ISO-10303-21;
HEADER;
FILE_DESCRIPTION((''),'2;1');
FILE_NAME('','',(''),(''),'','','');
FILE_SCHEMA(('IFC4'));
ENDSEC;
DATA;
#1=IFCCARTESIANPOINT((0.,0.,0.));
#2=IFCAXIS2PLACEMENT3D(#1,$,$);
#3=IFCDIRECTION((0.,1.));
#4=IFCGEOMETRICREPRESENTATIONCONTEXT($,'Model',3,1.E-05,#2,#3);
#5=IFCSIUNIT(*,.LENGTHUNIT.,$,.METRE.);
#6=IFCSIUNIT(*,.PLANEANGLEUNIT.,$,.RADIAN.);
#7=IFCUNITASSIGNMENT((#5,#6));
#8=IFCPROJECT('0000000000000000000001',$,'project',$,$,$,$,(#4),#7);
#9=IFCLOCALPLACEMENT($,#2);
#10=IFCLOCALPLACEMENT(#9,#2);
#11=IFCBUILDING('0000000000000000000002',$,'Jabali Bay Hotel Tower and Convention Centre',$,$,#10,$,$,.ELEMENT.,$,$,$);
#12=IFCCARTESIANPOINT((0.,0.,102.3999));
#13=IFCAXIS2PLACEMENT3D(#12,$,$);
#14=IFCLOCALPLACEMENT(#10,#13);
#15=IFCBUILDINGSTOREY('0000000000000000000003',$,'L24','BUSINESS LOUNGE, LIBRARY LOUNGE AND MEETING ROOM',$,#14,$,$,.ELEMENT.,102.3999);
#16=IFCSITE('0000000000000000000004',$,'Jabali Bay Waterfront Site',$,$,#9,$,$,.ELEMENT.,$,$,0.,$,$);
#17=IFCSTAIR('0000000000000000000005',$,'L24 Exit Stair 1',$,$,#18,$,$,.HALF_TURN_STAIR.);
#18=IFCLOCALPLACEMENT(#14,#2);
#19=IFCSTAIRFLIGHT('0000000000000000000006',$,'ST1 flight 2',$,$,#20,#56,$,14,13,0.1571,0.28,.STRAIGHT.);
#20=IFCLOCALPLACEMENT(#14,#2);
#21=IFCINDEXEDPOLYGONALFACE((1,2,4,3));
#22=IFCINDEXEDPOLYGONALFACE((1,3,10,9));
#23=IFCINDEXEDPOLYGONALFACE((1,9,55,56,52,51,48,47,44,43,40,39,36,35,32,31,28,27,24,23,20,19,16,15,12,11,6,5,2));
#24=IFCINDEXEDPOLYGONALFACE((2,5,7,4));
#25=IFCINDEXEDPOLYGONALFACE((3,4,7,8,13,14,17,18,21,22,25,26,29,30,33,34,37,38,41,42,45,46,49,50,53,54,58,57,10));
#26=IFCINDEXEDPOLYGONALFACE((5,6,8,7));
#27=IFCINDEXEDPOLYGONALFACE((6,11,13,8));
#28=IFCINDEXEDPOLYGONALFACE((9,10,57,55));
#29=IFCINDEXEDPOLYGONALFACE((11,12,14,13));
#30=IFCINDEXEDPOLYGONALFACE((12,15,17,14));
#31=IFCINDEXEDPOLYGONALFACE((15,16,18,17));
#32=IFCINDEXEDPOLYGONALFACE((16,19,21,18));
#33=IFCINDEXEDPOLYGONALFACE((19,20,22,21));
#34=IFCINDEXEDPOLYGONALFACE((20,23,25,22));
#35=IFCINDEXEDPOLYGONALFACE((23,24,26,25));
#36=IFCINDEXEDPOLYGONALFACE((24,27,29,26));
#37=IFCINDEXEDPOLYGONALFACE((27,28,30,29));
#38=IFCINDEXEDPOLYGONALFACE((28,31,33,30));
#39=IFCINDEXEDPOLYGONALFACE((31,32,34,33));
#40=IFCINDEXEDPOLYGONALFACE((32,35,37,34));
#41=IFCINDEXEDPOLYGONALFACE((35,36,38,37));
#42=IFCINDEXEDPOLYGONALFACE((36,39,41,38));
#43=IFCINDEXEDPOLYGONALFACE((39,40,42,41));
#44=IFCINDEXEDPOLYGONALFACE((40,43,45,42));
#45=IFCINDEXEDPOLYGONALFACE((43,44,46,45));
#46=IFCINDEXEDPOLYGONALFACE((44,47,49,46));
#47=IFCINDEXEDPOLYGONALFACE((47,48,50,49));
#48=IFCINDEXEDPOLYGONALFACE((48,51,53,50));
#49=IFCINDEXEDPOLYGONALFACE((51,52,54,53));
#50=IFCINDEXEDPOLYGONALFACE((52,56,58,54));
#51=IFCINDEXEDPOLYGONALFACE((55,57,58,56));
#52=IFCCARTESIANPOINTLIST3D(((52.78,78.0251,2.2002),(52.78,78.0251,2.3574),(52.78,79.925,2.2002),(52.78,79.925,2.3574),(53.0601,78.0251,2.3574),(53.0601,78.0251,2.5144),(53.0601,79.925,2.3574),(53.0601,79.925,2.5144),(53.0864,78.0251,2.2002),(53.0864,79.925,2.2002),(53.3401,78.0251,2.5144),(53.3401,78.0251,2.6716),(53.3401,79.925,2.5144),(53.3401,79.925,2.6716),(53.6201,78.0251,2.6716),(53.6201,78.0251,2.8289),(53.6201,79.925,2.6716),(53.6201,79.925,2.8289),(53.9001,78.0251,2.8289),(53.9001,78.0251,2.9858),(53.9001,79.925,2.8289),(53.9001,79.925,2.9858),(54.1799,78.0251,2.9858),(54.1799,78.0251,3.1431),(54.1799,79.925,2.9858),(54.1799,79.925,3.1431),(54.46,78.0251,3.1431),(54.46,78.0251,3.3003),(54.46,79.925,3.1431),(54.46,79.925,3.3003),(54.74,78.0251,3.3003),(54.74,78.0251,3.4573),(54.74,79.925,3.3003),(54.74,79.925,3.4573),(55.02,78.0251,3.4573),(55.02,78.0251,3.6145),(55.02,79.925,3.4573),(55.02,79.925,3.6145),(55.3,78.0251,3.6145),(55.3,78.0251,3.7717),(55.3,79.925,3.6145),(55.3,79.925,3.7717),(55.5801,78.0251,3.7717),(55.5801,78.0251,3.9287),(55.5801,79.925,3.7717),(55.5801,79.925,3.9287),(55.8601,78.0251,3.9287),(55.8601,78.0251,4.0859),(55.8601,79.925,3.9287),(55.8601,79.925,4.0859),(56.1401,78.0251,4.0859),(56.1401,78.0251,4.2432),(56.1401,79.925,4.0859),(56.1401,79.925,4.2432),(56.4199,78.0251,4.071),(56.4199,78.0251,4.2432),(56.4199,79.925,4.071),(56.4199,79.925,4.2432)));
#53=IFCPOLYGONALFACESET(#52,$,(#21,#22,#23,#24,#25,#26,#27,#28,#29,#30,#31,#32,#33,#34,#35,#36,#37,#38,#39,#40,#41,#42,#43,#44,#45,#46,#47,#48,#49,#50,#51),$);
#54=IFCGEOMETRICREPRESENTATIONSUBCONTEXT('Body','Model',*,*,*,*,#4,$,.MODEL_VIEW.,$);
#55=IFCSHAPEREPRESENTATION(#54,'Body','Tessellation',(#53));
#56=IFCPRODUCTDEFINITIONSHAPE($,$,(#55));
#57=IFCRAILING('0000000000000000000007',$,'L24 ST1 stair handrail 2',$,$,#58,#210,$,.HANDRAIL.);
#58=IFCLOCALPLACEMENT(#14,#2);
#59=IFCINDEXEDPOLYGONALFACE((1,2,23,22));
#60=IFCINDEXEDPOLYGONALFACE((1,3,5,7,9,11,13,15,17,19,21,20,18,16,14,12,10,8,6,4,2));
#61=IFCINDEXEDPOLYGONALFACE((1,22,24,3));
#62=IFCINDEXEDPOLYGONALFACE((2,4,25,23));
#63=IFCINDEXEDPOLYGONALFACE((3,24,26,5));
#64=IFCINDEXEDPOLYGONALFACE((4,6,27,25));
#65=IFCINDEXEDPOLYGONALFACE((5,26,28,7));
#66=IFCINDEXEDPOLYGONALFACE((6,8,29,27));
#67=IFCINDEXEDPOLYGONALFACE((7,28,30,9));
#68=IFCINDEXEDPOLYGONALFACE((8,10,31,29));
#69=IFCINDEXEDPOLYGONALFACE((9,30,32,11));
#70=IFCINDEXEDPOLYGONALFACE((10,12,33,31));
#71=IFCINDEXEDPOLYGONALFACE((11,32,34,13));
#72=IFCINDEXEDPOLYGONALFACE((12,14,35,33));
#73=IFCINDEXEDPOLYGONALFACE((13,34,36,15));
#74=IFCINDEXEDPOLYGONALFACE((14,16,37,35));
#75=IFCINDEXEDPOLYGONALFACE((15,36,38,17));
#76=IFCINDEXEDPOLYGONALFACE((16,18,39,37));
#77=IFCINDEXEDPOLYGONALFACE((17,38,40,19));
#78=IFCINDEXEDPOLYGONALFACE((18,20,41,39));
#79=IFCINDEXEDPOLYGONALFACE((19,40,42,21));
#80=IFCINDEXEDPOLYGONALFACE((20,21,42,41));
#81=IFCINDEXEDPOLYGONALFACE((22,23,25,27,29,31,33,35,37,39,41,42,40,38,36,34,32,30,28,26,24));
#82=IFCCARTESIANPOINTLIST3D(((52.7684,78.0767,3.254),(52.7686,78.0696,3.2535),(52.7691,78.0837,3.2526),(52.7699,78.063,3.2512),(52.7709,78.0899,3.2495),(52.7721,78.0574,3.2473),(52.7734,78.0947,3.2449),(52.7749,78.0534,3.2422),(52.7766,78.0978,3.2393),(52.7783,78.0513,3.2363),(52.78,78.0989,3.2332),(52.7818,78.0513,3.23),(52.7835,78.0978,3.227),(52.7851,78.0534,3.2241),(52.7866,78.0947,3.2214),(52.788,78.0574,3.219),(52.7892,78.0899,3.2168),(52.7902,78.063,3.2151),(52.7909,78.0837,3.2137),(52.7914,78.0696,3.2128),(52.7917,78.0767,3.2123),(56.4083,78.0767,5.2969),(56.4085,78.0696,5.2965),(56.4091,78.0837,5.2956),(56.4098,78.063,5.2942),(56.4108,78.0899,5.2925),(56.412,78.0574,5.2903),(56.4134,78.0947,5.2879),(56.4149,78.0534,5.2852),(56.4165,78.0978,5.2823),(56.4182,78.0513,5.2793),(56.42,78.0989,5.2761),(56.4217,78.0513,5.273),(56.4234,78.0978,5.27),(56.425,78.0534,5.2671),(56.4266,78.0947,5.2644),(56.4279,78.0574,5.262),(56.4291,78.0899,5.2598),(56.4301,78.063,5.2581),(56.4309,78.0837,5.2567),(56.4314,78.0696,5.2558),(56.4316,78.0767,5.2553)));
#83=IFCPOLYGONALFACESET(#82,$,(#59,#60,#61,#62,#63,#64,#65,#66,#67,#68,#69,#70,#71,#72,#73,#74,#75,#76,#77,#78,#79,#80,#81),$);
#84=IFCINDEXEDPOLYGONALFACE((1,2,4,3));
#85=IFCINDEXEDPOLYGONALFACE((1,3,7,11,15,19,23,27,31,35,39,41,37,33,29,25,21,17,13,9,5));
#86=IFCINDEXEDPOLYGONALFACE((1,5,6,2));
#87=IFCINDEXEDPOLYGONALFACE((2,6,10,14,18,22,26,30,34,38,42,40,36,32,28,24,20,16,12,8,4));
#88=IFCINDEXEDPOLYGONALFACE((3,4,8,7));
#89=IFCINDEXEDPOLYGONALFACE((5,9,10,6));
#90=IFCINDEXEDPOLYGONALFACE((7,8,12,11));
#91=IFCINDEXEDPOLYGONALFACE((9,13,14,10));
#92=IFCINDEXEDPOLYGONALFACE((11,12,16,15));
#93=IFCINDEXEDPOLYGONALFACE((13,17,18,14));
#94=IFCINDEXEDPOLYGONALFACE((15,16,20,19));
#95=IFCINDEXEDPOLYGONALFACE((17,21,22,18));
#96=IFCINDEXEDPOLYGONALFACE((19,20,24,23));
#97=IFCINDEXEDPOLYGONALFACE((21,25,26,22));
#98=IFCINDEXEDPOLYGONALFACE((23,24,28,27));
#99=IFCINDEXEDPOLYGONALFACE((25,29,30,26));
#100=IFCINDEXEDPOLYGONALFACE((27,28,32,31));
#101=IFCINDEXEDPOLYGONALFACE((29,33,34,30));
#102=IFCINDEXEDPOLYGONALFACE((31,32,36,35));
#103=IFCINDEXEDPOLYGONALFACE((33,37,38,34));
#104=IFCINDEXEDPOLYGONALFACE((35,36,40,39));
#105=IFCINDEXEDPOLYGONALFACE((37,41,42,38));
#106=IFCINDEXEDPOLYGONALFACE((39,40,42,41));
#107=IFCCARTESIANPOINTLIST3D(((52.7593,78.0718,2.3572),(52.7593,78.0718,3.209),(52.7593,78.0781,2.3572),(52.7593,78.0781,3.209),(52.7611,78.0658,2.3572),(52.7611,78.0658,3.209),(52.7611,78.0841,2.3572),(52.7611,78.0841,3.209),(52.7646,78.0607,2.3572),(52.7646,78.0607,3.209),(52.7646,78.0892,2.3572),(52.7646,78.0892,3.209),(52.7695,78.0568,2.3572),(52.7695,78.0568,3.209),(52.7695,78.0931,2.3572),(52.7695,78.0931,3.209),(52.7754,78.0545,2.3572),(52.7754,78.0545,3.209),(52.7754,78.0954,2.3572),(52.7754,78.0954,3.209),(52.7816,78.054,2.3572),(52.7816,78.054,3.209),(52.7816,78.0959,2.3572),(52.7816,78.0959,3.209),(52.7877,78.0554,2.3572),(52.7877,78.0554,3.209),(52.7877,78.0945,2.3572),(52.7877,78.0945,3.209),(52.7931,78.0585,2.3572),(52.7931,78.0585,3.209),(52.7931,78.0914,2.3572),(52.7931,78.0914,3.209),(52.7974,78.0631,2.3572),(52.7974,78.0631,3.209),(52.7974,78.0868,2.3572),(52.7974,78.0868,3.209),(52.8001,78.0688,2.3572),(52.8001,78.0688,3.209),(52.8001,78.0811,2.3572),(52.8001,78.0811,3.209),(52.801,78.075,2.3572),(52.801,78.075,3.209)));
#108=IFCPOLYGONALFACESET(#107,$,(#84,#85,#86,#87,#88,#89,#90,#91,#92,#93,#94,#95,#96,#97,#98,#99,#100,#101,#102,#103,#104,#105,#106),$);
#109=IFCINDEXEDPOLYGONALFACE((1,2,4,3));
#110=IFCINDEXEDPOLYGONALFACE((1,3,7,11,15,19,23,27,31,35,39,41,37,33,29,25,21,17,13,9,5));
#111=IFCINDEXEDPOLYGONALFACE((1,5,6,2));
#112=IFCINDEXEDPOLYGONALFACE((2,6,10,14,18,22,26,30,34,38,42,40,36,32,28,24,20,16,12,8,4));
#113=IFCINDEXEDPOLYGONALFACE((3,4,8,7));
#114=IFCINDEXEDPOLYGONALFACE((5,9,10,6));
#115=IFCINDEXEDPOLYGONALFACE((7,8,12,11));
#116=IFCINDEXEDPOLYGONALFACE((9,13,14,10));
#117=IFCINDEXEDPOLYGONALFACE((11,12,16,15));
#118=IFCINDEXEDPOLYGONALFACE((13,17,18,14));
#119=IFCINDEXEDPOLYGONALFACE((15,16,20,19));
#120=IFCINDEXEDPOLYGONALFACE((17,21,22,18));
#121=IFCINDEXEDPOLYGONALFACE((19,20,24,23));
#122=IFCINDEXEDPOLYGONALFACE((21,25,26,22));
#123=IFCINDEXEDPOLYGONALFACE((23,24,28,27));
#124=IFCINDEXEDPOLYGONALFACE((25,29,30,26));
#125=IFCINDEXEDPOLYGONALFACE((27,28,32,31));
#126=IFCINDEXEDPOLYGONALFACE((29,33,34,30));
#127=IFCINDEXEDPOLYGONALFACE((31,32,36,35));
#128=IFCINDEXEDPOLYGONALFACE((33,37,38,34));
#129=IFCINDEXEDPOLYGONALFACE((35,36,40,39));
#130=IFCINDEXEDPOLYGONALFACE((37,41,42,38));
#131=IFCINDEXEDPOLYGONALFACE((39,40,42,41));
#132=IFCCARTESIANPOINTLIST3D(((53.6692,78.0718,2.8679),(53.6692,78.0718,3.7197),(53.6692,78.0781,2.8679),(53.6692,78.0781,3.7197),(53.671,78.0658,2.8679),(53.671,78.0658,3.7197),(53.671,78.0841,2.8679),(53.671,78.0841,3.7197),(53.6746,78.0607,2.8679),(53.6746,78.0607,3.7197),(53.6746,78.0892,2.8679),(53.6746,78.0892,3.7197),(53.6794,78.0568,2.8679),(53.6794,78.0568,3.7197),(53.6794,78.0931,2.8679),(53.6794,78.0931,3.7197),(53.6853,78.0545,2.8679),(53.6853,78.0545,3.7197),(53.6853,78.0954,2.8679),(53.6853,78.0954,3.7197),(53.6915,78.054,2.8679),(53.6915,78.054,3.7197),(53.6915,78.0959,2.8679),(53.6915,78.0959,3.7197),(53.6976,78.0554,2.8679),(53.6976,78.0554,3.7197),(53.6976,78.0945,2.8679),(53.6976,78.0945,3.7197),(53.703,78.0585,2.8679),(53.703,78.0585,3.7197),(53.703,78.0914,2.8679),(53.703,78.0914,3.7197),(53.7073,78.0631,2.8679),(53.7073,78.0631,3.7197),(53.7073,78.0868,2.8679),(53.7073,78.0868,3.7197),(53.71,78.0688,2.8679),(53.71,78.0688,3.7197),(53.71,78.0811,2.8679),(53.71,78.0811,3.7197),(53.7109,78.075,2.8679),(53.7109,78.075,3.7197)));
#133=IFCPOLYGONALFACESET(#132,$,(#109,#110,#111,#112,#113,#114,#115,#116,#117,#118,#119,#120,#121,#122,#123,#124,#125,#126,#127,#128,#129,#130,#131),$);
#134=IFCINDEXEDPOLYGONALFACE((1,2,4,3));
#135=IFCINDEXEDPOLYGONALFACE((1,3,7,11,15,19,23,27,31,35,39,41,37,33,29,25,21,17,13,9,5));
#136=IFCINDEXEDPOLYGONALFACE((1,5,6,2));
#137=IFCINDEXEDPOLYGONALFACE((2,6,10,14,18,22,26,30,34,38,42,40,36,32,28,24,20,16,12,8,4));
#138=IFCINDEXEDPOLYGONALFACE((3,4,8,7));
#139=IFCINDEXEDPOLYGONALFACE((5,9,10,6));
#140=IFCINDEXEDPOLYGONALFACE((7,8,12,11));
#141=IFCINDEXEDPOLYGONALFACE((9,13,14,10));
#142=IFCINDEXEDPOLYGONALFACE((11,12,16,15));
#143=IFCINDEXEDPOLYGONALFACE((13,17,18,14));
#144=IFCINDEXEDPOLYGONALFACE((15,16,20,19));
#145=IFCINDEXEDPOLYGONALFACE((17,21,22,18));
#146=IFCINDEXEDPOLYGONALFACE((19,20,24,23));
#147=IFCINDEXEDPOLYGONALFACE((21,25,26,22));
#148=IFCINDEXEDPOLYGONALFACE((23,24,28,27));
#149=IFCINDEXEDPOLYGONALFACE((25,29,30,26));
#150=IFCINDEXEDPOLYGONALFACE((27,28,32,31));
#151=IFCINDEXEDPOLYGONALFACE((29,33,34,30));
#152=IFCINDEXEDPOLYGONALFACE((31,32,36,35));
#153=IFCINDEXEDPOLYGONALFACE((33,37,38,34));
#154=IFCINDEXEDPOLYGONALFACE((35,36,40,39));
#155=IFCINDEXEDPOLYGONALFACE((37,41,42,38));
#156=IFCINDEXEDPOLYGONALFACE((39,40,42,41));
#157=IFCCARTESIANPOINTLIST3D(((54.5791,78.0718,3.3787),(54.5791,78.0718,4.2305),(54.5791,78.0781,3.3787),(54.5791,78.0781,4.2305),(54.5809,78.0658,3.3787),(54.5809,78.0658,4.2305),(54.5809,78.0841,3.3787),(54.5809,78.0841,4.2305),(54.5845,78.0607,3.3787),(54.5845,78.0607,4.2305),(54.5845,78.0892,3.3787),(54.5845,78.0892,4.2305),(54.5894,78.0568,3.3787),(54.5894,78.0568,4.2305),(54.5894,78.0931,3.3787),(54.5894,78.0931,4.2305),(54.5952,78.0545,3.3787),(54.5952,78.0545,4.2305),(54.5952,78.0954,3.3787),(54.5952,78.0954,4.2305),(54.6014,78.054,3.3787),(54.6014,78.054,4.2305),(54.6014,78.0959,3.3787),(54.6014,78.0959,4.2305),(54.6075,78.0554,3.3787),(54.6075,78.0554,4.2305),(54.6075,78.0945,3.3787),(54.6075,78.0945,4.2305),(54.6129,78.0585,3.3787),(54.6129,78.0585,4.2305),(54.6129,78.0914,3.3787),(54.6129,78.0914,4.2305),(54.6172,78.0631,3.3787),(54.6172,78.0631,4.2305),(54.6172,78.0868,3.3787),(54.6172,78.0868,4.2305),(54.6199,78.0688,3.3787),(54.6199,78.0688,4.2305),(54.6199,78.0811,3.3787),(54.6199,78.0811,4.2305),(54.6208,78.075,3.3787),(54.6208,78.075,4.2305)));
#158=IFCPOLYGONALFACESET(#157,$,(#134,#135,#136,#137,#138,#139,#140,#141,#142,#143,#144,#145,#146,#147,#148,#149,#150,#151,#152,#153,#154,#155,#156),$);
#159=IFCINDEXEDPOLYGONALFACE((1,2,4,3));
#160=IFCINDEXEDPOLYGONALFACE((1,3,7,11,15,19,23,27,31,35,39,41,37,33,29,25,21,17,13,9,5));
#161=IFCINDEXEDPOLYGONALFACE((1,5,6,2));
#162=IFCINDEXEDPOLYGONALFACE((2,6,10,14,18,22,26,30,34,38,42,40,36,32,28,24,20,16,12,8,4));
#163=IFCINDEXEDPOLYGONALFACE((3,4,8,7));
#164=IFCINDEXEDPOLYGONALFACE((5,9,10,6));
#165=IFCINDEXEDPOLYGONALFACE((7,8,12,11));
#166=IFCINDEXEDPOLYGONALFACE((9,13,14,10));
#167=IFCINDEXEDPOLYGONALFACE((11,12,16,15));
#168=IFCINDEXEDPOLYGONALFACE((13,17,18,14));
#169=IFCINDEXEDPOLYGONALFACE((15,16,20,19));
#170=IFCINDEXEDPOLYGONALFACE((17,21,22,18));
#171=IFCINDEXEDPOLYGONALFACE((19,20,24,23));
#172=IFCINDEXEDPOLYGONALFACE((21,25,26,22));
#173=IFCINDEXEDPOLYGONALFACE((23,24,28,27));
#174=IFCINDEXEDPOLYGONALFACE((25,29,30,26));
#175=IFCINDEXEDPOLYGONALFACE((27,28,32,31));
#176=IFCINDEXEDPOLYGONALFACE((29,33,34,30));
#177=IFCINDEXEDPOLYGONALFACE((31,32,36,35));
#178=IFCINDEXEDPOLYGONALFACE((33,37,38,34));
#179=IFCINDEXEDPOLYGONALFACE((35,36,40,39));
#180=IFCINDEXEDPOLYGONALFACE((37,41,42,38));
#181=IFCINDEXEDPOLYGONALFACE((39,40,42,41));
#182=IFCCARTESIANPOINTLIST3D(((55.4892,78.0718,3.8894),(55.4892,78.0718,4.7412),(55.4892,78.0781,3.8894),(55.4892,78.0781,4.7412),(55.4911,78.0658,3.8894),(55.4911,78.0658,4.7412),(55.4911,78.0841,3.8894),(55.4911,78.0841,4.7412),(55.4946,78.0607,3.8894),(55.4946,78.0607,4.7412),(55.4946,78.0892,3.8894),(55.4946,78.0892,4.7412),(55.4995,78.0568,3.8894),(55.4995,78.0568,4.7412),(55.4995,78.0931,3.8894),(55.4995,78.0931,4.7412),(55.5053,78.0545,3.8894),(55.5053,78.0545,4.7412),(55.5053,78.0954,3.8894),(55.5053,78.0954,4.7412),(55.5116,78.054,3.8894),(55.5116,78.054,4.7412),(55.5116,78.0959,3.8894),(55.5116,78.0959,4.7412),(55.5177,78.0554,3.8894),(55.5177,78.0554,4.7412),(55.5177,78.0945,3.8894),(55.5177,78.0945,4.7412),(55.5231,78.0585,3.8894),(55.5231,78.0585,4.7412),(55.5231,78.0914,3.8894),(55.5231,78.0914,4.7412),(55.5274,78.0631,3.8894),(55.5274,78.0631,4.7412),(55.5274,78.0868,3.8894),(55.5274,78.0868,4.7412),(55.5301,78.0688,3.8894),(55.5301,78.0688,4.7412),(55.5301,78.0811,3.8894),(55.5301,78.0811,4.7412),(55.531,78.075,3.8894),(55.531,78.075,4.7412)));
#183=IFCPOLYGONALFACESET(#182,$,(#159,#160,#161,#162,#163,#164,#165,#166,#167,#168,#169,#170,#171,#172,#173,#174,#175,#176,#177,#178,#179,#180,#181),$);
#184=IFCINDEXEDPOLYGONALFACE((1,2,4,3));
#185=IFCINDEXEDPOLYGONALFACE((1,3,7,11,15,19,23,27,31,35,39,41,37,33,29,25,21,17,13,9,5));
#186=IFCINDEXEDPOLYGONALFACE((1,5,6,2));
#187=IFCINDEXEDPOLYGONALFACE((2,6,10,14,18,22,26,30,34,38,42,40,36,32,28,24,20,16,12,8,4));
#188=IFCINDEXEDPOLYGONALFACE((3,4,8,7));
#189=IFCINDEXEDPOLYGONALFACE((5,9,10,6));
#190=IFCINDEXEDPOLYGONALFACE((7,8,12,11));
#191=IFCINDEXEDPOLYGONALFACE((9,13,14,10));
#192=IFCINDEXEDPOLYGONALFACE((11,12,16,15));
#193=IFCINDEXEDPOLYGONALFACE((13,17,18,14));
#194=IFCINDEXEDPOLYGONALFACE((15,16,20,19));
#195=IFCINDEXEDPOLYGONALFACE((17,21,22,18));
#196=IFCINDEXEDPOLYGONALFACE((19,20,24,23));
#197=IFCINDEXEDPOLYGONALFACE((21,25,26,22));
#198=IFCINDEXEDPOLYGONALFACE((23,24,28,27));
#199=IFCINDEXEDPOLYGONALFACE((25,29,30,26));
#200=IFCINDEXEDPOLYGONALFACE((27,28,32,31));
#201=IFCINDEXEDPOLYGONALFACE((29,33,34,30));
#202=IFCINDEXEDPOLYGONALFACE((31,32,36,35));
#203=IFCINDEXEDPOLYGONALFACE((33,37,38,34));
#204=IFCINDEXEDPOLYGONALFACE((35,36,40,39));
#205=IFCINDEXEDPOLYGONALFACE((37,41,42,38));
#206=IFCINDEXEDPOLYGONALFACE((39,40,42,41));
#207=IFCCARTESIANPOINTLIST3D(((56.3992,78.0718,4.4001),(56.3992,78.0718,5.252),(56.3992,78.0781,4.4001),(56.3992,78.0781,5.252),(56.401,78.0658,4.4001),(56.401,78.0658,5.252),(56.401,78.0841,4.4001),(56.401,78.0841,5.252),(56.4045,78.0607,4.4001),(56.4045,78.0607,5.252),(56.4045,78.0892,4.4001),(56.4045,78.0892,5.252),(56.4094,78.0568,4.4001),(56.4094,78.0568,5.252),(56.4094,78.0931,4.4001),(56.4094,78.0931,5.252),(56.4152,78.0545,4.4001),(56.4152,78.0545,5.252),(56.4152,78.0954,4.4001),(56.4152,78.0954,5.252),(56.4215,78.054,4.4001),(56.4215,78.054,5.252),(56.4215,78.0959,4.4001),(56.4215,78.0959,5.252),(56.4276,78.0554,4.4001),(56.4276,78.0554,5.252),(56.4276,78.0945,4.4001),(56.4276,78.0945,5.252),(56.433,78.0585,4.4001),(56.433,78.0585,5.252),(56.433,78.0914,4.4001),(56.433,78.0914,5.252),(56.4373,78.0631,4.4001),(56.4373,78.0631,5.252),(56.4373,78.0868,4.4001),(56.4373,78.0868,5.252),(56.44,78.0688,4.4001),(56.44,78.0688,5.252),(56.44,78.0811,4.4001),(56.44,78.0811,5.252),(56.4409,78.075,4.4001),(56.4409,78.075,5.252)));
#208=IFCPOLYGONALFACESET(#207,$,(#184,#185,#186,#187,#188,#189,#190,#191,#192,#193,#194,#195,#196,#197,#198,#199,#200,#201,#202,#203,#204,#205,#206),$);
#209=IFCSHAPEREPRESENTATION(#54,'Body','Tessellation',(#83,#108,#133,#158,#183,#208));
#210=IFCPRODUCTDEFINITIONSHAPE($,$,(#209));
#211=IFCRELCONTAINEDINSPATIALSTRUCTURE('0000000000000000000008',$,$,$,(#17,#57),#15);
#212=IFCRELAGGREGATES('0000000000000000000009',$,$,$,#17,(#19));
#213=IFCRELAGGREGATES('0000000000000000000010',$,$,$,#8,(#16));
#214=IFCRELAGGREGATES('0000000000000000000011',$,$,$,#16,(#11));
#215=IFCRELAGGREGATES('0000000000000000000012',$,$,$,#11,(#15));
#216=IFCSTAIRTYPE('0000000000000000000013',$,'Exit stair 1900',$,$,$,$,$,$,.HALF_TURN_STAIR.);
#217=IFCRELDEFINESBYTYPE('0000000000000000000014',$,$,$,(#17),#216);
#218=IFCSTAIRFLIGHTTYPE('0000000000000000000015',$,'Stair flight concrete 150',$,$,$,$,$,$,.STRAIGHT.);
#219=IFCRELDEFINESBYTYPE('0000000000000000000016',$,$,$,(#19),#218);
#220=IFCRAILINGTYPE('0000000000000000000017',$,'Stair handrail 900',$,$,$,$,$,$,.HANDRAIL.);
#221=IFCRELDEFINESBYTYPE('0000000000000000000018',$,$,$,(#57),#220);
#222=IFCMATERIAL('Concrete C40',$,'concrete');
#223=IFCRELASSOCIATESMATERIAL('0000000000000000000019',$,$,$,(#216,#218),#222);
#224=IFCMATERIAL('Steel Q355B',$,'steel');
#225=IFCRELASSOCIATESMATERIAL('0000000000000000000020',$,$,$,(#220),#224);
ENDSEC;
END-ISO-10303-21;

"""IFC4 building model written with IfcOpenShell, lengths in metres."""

from ifc_helpers import new_model, si_unit, direction, frame, origin, origin_2d, place, context, subcontext, project, spatial, polyline, circle, outline, extrude, material, type_object, element, aggregate, save


model = new_model("IFC4")

# Units and contexts
model_context = context("Model", 3, precision=1e-05, world=origin(), true_north=direction((0.0, 1.0)))
body_context = subcontext(model_context, "Body", "Model", "MODEL_VIEW")
ifc_project = project(units=[si_unit("LENGTHUNIT", "METRE"), si_unit("PLANEANGLEUNIT", "RADIAN")], contexts=[model_context])

# Site, building, storey
site_placement = place(None, origin())
site = spatial("IfcSite", under=ifc_project, at=site_placement, Name="Jabali Bay Waterfront Site", CompositionType="ELEMENT", RefElevation=0.0)
building_placement = place(site_placement, origin())
building = spatial("IfcBuilding", under=site, at=building_placement, Name="Jabali Bay Hotel Tower and Convention Centre", CompositionType="ELEMENT")
storey_placement = place(building_placement, frame((0.0, 0.0, 102.3999)))
storey = spatial("IfcBuildingStorey", under=building, at=storey_placement, Name="L24", Description="BUSINESS LOUNGE, LIBRARY LOUNGE AND MEETING ROOM", CompositionType="ELEMENT", Elevation=102.3999)

# Shared definitions
ifc_material_1 = material(Name="Concrete C40", Category="concrete")

# Stair, stair flight
stair_type = type_object("IfcStairType", Name="Exit stair 1900", PredefinedType="HALF_TURN_STAIR", material=ifc_material_1)
stair_placement = place(storey_placement, origin())
stair = element("IfcStair", 1, at=stair_placement, inside=storey, type_object=stair_type, Name="L24 Exit Stair 1", PredefinedType="HALF_TURN_STAIR")
stair_flight_type = type_object("IfcStairFlightType", Name="Stair flight concrete 150", PredefinedType="STRAIGHT", material=ifc_material_1)
stair_flight_placement = place(storey_placement, frame((52.78, 78.9751, 2.2002), z_axis=(0.0, 0.0, 1.0), x_axis=(1.0, 0.0, 0.0)))
stair_flight = element("IfcStairFlight", 2, at=stair_flight_placement, type_object=stair_flight_type, Name="ST1 flight 2", NumberOfRisers=14, NumberOfTreads=13, PredefinedType="STRAIGHT", RiserHeight=0.1571, TreadLength=0.28, context=body_context, shape_type="SweptSolid", body=[
    extrude(outline(polyline([(0.0, 0.0), (0.0, 0.1572), (0.28, 0.1572), (0.28, 0.3142), (0.5601, 0.3142), (0.5601, 0.4714), (0.8401, 0.4714), (0.8401, 0.6287), (1.1201, 0.6287), (1.1201, 0.7856), (1.3999, 0.7856), (1.3999, 0.9429), (1.6799, 0.9429), (1.6799, 1.1001), (1.96, 1.1001), (1.96, 1.2571), (2.24, 1.2571), (2.24, 1.4143), (2.52, 1.4143), (2.52, 1.5715), (2.8, 1.5715), (2.8, 1.7285), (3.0801, 1.7285), (3.0801, 1.8857), (3.3601, 1.8857), (3.3601, 2.043), (3.6399, 2.043), (3.6399, 2.2), (3.6399, 1.8708), (0.3064, 0.0), (0.0, 0.0)])), frame((0.0, 0.95, 0.0), z_axis=(0.0, -1.0, 0.0), x_axis=(1.0, 0.0, 0.0)), (0.0, 0.0, 1.0), 1.8999),
])
aggregate(stair, [stair_flight])

# Railing
ifc_material_2 = material(Name="Steel Q355B", Category="steel")
railing_type = type_object("IfcRailingType", Name="Stair handrail 900", PredefinedType="HANDRAIL", material=ifc_material_2)
railing_placement = place(storey_placement, frame((52.78, 78.075, 2.3572)))
element("IfcRailing", 3, at=railing_placement, inside=storey, type_object=railing_type, Name="L24 ST1 stair handrail 2", PredefinedType="HANDRAIL", context=body_context, shape_type="SweptSolid", body=[
    extrude(circle(Radius=0.0239, at=origin_2d()), frame((0.0, 0.0, 0.876), z_axis=(0.872033, 0.0, 0.489447), x_axis=(0.0, 1.0, 0.0)), (0.0, 0.0, 1.0), 4.1741),
    extrude(circle(Radius=0.021, at=origin_2d()), origin(), (0.0, 0.0, 1.0), 0.8518),
    extrude(circle(Radius=0.021, at=origin_2d()), frame((0.9099, 0.0, 0.5107)), (0.0, 0.0, 1.0), 0.8518),
    extrude(circle(Radius=0.021, at=origin_2d()), frame((1.8198, 0.0, 1.0215)), (0.0, 0.0, 1.0), 0.8518),
    extrude(circle(Radius=0.021, at=origin_2d()), frame((2.73, 0.0, 1.5322)), (0.0, 0.0, 1.0), 0.8518),
    extrude(circle(Radius=0.021, at=origin_2d()), frame((3.6399, 0.0, 2.043)), (0.0, 0.0, 1.0), 0.8518),
])

save(model, "model.ifc")
